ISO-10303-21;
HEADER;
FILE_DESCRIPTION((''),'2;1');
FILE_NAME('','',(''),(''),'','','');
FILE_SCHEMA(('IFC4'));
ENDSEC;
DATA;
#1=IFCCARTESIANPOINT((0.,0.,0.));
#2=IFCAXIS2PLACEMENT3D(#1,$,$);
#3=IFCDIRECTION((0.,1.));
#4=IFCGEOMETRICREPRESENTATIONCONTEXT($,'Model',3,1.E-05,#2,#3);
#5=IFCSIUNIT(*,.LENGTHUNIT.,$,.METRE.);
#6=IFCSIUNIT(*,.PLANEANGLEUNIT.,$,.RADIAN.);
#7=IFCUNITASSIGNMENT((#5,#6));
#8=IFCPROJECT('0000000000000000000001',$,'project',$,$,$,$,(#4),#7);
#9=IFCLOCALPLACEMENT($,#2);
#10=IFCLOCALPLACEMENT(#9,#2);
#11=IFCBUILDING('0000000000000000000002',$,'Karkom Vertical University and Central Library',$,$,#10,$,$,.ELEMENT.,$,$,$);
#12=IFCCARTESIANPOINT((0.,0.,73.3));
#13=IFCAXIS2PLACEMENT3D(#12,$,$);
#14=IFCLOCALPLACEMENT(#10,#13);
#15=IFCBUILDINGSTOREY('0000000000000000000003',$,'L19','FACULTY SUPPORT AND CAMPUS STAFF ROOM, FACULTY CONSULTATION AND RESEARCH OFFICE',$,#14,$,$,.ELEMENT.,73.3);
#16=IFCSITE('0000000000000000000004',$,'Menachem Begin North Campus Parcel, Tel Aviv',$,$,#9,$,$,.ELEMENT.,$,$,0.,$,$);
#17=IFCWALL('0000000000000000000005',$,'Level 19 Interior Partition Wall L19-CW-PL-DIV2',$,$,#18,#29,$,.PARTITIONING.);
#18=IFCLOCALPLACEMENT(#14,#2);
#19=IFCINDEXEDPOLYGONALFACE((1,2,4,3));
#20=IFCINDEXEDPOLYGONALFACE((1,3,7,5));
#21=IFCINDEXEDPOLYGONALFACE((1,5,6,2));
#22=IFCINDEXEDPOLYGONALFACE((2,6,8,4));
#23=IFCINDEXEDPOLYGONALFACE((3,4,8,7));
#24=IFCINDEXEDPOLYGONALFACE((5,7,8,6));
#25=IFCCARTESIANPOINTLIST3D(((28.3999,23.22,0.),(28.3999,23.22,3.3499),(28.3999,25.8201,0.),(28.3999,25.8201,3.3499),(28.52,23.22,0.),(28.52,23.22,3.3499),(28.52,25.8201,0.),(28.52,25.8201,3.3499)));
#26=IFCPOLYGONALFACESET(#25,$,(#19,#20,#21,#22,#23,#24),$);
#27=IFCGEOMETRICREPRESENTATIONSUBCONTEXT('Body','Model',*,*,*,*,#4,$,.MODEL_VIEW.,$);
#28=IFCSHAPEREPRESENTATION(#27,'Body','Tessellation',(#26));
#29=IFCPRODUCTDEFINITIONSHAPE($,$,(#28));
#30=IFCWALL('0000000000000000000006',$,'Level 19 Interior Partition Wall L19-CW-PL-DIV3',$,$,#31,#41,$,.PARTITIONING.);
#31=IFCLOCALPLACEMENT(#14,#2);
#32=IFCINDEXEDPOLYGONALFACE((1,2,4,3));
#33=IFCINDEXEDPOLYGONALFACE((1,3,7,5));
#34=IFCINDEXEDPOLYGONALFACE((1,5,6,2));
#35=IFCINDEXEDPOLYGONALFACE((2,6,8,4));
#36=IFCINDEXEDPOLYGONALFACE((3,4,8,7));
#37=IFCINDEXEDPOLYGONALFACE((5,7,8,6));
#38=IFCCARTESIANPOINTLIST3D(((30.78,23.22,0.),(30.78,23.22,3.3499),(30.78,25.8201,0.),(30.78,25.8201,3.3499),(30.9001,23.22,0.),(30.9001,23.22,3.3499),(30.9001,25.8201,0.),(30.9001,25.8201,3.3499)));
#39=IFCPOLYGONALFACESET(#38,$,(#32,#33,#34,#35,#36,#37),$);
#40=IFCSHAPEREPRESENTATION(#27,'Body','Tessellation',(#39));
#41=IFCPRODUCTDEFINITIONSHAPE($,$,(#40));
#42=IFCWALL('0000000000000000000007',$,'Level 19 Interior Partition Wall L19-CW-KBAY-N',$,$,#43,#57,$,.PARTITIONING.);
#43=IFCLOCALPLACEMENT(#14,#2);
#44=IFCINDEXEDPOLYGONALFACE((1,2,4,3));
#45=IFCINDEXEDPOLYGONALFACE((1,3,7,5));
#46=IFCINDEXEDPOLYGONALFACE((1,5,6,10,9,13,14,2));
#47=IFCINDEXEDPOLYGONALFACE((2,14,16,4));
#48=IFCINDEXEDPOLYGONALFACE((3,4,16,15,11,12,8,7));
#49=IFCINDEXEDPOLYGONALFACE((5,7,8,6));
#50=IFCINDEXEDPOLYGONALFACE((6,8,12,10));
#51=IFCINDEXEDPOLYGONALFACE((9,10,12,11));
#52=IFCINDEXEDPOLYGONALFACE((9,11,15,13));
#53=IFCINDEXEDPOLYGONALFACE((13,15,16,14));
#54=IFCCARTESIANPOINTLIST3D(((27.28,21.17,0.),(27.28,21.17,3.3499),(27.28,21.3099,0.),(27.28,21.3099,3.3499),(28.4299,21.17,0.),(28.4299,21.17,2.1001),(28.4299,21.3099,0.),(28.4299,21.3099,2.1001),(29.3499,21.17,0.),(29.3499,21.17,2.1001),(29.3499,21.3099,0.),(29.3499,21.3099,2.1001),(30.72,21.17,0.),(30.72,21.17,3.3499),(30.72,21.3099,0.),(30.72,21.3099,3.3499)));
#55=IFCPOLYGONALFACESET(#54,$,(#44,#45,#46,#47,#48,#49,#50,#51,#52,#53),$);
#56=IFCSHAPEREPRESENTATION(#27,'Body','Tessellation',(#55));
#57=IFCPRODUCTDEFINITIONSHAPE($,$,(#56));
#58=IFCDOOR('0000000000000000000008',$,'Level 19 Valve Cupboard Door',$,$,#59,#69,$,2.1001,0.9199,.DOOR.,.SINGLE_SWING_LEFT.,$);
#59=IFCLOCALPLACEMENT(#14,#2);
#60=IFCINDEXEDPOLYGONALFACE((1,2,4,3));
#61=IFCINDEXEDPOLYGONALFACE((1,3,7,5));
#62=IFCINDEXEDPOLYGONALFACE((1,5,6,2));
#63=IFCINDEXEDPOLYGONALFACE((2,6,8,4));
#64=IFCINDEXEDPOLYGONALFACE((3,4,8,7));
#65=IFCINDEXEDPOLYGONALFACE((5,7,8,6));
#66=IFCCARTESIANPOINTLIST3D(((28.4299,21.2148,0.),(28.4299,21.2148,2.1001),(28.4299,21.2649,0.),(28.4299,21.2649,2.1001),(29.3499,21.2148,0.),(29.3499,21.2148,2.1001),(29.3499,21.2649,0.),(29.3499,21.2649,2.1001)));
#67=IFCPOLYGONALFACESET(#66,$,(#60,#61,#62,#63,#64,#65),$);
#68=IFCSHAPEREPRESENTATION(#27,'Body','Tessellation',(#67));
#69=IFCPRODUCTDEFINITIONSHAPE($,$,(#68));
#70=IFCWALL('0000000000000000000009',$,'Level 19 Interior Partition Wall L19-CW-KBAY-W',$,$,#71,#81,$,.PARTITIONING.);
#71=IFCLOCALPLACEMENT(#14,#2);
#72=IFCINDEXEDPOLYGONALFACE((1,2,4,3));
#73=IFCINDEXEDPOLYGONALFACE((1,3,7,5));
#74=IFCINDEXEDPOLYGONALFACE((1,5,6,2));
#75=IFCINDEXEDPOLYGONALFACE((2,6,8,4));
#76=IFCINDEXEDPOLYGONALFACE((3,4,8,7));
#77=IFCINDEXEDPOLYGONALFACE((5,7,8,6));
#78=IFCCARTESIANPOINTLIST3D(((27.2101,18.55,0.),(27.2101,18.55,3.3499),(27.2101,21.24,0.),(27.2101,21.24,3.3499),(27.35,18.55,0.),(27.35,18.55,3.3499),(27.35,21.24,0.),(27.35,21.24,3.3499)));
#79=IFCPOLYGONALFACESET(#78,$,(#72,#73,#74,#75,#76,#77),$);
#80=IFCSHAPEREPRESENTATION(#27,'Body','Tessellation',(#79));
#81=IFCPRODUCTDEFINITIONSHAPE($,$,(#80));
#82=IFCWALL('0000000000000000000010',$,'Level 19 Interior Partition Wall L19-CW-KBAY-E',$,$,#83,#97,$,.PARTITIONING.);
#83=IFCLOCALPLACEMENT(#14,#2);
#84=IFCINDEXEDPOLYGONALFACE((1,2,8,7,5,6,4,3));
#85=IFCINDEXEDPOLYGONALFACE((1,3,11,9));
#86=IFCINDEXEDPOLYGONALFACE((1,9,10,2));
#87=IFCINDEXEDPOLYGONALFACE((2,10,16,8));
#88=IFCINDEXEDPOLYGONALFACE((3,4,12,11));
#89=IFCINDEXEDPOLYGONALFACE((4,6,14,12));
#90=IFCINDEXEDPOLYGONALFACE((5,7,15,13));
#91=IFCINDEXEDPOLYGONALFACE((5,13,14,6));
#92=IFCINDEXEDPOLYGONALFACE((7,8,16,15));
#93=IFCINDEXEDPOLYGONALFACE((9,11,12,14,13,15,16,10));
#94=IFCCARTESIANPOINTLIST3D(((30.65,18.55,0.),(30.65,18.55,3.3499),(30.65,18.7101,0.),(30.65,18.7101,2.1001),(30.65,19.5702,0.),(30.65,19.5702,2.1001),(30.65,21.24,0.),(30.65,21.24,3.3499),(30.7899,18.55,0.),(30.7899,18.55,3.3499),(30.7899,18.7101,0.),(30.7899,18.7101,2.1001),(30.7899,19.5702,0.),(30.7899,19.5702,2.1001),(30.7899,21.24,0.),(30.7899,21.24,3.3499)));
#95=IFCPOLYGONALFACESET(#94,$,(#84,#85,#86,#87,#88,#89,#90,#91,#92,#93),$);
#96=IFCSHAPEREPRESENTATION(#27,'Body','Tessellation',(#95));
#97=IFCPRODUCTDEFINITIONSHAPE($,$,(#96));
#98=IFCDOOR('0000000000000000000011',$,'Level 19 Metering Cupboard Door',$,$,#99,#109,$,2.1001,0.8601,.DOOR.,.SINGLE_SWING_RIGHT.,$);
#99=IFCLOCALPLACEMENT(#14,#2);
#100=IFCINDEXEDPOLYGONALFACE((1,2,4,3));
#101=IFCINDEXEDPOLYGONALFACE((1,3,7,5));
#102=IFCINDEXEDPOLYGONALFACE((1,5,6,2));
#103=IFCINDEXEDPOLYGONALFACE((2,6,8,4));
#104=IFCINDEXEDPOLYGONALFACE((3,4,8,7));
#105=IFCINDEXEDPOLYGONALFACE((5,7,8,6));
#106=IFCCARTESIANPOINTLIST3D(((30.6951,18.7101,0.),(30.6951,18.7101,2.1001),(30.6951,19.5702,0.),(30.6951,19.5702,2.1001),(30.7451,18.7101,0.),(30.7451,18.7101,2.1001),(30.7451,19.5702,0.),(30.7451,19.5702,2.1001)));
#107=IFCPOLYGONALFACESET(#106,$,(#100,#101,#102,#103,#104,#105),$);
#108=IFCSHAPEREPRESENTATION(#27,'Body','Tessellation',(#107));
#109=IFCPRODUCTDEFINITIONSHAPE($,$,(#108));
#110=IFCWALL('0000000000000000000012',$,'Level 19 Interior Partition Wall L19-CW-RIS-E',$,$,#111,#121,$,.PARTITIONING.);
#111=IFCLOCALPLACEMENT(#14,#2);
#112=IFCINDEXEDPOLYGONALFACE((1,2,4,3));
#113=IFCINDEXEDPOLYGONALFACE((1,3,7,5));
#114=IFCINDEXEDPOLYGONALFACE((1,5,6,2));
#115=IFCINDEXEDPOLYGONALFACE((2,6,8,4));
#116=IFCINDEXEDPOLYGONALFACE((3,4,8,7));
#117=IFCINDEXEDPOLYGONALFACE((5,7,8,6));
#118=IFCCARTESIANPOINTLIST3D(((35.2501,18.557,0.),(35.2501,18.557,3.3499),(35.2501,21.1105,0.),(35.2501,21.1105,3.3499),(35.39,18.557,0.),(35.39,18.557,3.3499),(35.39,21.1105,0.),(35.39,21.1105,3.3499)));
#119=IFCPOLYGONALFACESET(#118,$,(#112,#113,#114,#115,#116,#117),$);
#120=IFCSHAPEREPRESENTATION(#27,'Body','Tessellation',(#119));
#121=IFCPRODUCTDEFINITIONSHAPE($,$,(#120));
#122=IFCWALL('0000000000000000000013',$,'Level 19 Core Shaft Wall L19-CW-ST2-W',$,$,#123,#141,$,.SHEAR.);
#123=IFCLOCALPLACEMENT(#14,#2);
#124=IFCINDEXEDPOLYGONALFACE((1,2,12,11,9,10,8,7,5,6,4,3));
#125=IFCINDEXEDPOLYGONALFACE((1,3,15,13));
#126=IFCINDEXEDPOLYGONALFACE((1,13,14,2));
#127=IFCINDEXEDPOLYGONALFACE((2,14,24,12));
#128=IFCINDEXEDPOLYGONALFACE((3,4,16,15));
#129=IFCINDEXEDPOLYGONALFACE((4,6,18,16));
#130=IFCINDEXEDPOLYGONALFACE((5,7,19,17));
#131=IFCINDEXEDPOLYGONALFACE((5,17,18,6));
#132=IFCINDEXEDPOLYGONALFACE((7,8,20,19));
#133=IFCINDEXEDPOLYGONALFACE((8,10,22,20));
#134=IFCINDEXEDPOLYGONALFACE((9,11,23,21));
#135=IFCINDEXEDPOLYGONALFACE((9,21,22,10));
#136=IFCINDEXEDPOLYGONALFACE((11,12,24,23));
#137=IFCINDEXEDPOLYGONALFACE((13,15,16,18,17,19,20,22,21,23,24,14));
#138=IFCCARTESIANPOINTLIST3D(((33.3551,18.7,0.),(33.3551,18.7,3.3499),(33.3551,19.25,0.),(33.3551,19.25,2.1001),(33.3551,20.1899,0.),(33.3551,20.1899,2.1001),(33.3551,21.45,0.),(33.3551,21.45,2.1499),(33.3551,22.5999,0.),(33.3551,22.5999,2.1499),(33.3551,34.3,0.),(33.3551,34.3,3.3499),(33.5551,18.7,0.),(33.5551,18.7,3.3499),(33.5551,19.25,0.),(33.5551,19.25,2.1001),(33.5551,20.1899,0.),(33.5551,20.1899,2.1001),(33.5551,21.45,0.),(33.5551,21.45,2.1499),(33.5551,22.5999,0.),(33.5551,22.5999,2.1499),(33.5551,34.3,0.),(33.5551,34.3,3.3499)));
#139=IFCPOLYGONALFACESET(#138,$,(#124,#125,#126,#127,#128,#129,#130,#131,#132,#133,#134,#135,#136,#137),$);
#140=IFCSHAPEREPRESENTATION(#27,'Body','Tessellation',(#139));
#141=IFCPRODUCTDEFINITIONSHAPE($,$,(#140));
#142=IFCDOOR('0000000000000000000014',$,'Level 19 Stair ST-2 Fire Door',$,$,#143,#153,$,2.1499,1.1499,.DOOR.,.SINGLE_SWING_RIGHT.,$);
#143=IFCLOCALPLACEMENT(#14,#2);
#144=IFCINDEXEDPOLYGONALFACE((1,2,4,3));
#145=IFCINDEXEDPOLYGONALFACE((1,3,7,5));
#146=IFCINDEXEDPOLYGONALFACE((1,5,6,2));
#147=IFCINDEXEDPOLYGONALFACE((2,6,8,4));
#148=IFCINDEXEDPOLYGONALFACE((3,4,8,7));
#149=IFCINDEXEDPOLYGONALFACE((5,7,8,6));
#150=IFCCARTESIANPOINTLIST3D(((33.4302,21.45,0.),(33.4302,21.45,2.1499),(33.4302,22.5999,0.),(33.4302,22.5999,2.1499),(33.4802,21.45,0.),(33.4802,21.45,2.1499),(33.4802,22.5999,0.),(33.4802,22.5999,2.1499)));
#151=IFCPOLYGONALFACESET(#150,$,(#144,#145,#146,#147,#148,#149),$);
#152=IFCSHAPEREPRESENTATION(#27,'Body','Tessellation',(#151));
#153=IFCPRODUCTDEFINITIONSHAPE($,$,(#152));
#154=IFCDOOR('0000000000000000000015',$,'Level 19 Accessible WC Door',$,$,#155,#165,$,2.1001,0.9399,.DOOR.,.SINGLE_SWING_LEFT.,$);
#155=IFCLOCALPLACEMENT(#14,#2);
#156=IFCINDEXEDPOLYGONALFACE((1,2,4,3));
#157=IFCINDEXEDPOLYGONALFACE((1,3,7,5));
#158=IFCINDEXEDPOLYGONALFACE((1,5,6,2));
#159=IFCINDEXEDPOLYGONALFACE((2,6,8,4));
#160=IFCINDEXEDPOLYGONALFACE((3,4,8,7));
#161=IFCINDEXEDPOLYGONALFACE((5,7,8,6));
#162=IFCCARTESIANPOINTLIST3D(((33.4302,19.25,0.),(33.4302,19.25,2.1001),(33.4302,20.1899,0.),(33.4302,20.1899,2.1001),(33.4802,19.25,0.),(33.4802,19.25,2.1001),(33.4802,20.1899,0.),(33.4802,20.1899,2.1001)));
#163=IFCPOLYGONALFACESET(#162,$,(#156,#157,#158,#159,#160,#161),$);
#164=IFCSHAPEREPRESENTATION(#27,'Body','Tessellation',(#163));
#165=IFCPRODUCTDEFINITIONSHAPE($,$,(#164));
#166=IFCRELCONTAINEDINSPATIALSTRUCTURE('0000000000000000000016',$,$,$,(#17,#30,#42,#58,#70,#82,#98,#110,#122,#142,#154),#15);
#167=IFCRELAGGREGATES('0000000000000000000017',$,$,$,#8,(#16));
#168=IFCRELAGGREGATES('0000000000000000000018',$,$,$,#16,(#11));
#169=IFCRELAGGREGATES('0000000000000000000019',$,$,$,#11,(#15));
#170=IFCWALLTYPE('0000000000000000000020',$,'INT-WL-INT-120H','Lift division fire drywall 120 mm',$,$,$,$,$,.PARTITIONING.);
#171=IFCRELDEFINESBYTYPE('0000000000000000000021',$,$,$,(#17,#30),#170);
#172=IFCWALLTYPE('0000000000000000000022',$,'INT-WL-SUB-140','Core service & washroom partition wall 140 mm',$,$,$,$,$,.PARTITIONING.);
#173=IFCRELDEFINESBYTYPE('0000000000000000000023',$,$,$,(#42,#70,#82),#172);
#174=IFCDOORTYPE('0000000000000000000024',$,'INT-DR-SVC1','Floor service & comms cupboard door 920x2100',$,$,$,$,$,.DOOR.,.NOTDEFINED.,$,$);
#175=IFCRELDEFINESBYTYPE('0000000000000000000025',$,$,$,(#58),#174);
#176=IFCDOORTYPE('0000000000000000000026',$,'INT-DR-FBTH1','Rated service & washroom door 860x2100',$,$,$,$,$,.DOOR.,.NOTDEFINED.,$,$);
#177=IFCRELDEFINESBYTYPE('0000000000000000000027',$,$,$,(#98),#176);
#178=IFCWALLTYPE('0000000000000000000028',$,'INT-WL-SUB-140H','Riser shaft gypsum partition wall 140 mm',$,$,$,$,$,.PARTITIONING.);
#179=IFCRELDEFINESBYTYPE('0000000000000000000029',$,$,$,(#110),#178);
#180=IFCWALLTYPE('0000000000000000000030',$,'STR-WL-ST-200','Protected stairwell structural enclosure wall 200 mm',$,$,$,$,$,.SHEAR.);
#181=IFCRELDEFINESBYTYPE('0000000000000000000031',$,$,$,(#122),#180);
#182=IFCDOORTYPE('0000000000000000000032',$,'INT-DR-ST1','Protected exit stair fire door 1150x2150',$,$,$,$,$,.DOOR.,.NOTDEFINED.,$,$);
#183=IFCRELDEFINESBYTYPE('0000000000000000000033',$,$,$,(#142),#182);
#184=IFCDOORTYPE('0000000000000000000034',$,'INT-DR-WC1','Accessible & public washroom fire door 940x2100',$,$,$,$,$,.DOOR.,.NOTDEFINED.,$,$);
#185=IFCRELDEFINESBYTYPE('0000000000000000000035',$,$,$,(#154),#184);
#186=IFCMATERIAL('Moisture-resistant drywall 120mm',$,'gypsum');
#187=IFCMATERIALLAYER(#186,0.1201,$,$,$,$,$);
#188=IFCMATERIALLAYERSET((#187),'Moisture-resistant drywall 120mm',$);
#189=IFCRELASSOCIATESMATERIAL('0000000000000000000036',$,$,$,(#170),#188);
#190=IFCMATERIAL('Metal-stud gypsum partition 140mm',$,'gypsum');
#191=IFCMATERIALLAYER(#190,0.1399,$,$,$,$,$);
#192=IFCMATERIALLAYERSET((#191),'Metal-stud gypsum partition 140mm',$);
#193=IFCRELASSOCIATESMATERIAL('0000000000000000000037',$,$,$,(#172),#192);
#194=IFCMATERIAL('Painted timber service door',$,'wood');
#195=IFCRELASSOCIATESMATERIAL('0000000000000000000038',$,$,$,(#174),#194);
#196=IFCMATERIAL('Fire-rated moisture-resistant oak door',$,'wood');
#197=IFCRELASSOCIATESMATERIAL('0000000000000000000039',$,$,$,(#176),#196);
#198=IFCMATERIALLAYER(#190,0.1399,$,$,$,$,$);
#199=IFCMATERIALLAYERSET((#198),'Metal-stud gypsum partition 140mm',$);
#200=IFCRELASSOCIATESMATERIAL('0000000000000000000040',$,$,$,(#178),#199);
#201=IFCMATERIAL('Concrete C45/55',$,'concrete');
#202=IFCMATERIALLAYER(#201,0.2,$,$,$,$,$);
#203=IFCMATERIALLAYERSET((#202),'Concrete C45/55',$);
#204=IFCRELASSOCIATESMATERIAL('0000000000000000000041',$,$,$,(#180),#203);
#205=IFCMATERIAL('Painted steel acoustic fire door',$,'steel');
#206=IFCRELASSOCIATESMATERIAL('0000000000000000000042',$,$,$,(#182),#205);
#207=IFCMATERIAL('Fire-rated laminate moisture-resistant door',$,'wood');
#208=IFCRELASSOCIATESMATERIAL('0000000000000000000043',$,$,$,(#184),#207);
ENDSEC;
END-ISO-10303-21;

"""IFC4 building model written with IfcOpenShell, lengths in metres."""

from ifc_helpers import new_model, si_unit, direction, frame, frame_2d, origin, origin_with_axes, place, context, subcontext, project, spatial, rectangle, extrude, source, transform, mapped, material, layer, layer_set, type_object, element, fill, save


model = new_model("IFC4")

# Units and contexts
model_context = context("Model", 3, precision=1e-05, world=origin(), true_north=direction((0.0, 1.0)))
body_context = subcontext(model_context, "Body", "Model", "MODEL_VIEW")
ifc_project = project(units=[si_unit("LENGTHUNIT", "METRE"), si_unit("PLANEANGLEUNIT", "RADIAN")], contexts=[model_context])

# Site, building, storey
site_placement = place(None, origin())
site = spatial("IfcSite", under=ifc_project, at=site_placement, Name="Menachem Begin North Campus Parcel, Tel Aviv", CompositionType="ELEMENT", RefElevation=0.0)
building_placement = place(site_placement, origin())
building = spatial("IfcBuilding", under=site, at=building_placement, Name="Karkom Vertical University and Central Library", CompositionType="ELEMENT")
storey_placement = place(building_placement, frame((0.0, 0.0, 73.3)))
storey = spatial("IfcBuildingStorey", under=building, at=storey_placement, Name="L19", Description="FACULTY SUPPORT AND CAMPUS STAFF ROOM, FACULTY CONSULTATION AND RESEARCH OFFICE", CompositionType="ELEMENT", Elevation=73.3)

# Walls
ifc_material_1 = material(Name="Moisture-resistant drywall 120mm", Category="gypsum")
ifc_layer_1 = layer(ifc_material_1, 0.1201)
ifc_layer_set_1 = layer_set([ifc_layer_1], Name="Moisture-resistant drywall 120mm")
wall_type_1 = type_object("IfcWallType", Name="INT-WL-INT-120H", Description="Lift division fire drywall 120 mm", PredefinedType="PARTITIONING", material=ifc_layer_set_1)
for number, where, z_axis, x_axis, name in (
    (1, (28.46, 23.22, 0.0), (0.0, 0.0, 1.0), (0.0, 1.0, 0.0), "Level 19 Interior Partition Wall L19-CW-PL-DIV2"),
    (2, (30.8401, 23.22, 0.0), (0.0, 0.0, 1.0), (0.0, 1.0, 0.0), "Level 19 Interior Partition Wall L19-CW-PL-DIV3"),
):
    element("IfcWall", number, at=place(storey_placement, frame(where, z_axis=z_axis, x_axis=x_axis)), inside=storey, type_object=wall_type_1, Name=name, PredefinedType="PARTITIONING", context=body_context, shape_type="SweptSolid", body=[
        extrude(rectangle(XDim=2.6001, YDim=0.1201, at=frame_2d((1.3, 0.0))), origin(), (0.0, 0.0, 1.0), 3.3499),
    ])

# Wall, opening, door
ifc_material_2 = material(Name="Metal-stud gypsum partition 140mm", Category="gypsum")
ifc_layer_2 = layer(ifc_material_2, 0.1399)
ifc_layer_set_2 = layer_set([ifc_layer_2], Name="Metal-stud gypsum partition 140mm")
wall_type_2 = type_object("IfcWallType", Name="INT-WL-SUB-140", Description="Core service & washroom partition wall 140 mm", PredefinedType="PARTITIONING", material=ifc_layer_set_2)
wall_1_placement = place(storey_placement, frame((27.28, 21.24, 0.0), z_axis=(0.0, 0.0, 1.0), x_axis=(1.0, 0.0, 0.0)))
wall_1 = element("IfcWall", 3, at=wall_1_placement, inside=storey, type_object=wall_type_2, Name="Level 19 Interior Partition Wall L19-CW-KBAY-N", PredefinedType="PARTITIONING", context=body_context, shape_type="SweptSolid", body=[
    extrude(rectangle(XDim=3.4399, YDim=0.1399, at=frame_2d((1.72, 0.0))), origin(), (0.0, 0.0, 1.0), 3.3499),
])
opening_1_placement = place(wall_1_placement, frame((1.1499, 0.0, 0.0)))
opening_1 = element("IfcOpeningElement", 4, at=opening_1_placement, cuts=wall_1, PredefinedType="OPENING", context=body_context, shape_type="SweptSolid", body=[
    extrude(rectangle(XDim=0.9199, YDim=2.1001, at=frame_2d((0.46, 1.05))), frame((0.0, 0.0801, 0.0), z_axis=(0.0, -1.0, 0.0), x_axis=(1.0, 0.0, 0.0)), (0.0, 0.0, 1.0), 0.1599),
])
ifc_material_3 = material(Name="Painted timber service door", Category="wood")
door_type_1 = type_object("IfcDoorType", Name="INT-DR-SVC1", Description="Floor service & comms cupboard door 920x2100", OperationType="NOTDEFINED", PredefinedType="DOOR", material=ifc_material_3)
shared_shape_1 = source(origin_with_axes(), body_context, "Body", "SweptSolid", [
    extrude(rectangle(XDim=0.9199, YDim=2.1001, at=frame_2d((0.46, 1.05))), frame((0.0, 0.0249, 0.0), z_axis=(0.0, -1.0, 0.0), x_axis=(1.0, 0.0, 0.0)), (0.0, 0.0, 1.0), 0.05),
])
door_1_placement = place(opening_1_placement, origin())
door_1 = element("IfcDoor", 5, at=door_1_placement, inside=storey, type_object=door_type_1, Name="Level 19 Valve Cupboard Door", OperationType="SINGLE_SWING_LEFT", OverallHeight=2.1001, OverallWidth=0.9199, PredefinedType="DOOR", context=body_context, shape_type="MappedRepresentation", body=[
    mapped(shared_shape_1, transform((0.0, 0.0, 0.0), scale=1.0)),
])
fill(opening_1, door_1)

# Wall
wall_2_placement = place(storey_placement, frame((27.28, 18.55, 0.0), z_axis=(0.0, 0.0, 1.0), x_axis=(0.0, 1.0, 0.0)))
element("IfcWall", 6, at=wall_2_placement, inside=storey, type_object=wall_type_2, Name="Level 19 Interior Partition Wall L19-CW-KBAY-W", PredefinedType="PARTITIONING", context=body_context, shape_type="SweptSolid", body=[
    extrude(rectangle(XDim=2.6899, YDim=0.1399, at=frame_2d((1.345, 0.0))), origin(), (0.0, 0.0, 1.0), 3.3499),
])

# Wall, opening, door
wall_3_placement = place(storey_placement, frame((30.72, 18.55, 0.0), z_axis=(0.0, 0.0, 1.0), x_axis=(0.0, 1.0, 0.0)))
wall_3 = element("IfcWall", 7, at=wall_3_placement, inside=storey, type_object=wall_type_2, Name="Level 19 Interior Partition Wall L19-CW-KBAY-E", PredefinedType="PARTITIONING", context=body_context, shape_type="SweptSolid", body=[
    extrude(rectangle(XDim=2.6899, YDim=0.1399, at=frame_2d((1.345, 0.0))), origin(), (0.0, 0.0, 1.0), 3.3499),
])
opening_2_placement = place(wall_3_placement, frame((0.1599, 0.0, 0.0)))
opening_2 = element("IfcOpeningElement", 8, at=opening_2_placement, cuts=wall_3, PredefinedType="OPENING", context=body_context, shape_type="SweptSolid", body=[
    extrude(rectangle(XDim=0.8601, YDim=2.1001, at=frame_2d((0.4302, 1.05))), frame((0.0, 0.0801, 0.0), z_axis=(0.0, -1.0, 0.0), x_axis=(1.0, 0.0, 0.0)), (0.0, 0.0, 1.0), 0.1599),
])
ifc_material_4 = material(Name="Fire-rated moisture-resistant oak door", Category="wood")
door_type_2 = type_object("IfcDoorType", Name="INT-DR-FBTH1", Description="Rated service & washroom door 860x2100", OperationType="NOTDEFINED", PredefinedType="DOOR", material=ifc_material_4)
shared_shape_2 = source(origin_with_axes(), body_context, "Body", "SweptSolid", [
    extrude(rectangle(XDim=0.8601, YDim=2.1001, at=frame_2d((0.4302, 1.05))), frame((0.0, 0.0249, 0.0), z_axis=(0.0, -1.0, 0.0), x_axis=(1.0, 0.0, 0.0)), (0.0, 0.0, 1.0), 0.05),
])
door_2_placement = place(opening_2_placement, origin())
door_2 = element("IfcDoor", 9, at=door_2_placement, inside=storey, type_object=door_type_2, Name="Level 19 Metering Cupboard Door", OperationType="SINGLE_SWING_RIGHT", OverallHeight=2.1001, OverallWidth=0.8601, PredefinedType="DOOR", context=body_context, shape_type="MappedRepresentation", body=[
    mapped(shared_shape_2, transform((0.0, 0.0, 0.0), scale=1.0)),
])
fill(opening_2, door_2)

# Wall
ifc_layer_3 = layer(ifc_material_2, 0.1399)
ifc_layer_set_3 = layer_set([ifc_layer_3], Name="Metal-stud gypsum partition 140mm")
wall_type_3 = type_object("IfcWallType", Name="INT-WL-SUB-140H", Description="Riser shaft gypsum partition wall 140 mm", PredefinedType="PARTITIONING", material=ifc_layer_set_3)
wall_4_placement = place(storey_placement, frame((35.3201, 18.5569, 0.0), z_axis=(0.0, 0.0, 1.0), x_axis=(0.0, 1.0, 0.0)))
element("IfcWall", 10, at=wall_4_placement, inside=storey, type_object=wall_type_3, Name="Level 19 Interior Partition Wall L19-CW-RIS-E", PredefinedType="PARTITIONING", context=body_context, shape_type="SweptSolid", body=[
    extrude(rectangle(XDim=2.5535, YDim=0.1399, at=frame_2d((1.2769, 0.0))), origin(), (0.0, 0.0, 1.0), 3.3499),
])

# Wall, openings, doors
ifc_material_5 = material(Name="Concrete C45/55", Category="concrete")
ifc_layer_4 = layer(ifc_material_5, 0.2)
ifc_layer_set_4 = layer_set([ifc_layer_4], Name="Concrete C45/55")
wall_type_4 = type_object("IfcWallType", Name="STR-WL-ST-200", Description="Protected stairwell structural enclosure wall 200 mm", PredefinedType="SHEAR", material=ifc_layer_set_4)
wall_5_placement = place(storey_placement, frame((33.4551, 18.7, 0.0), z_axis=(0.0, 0.0, 1.0), x_axis=(0.0, 1.0, 0.0)))
wall_5 = element("IfcWall", 11, at=wall_5_placement, inside=storey, type_object=wall_type_4, Name="Level 19 Core Shaft Wall L19-CW-ST2-W", PredefinedType="SHEAR", context=body_context, shape_type="SweptSolid", body=[
    extrude(rectangle(XDim=15.6001, YDim=0.2, at=frame_2d((7.8, 0.0))), origin(), (0.0, 0.0, 1.0), 3.3499),
])
opening_3_placement = place(wall_5_placement, frame((2.75, 0.0, 0.0)))
opening_3 = element("IfcOpeningElement", 12, at=opening_3_placement, cuts=wall_5, PredefinedType="OPENING", context=body_context, shape_type="SweptSolid", body=[
    extrude(rectangle(XDim=1.1499, YDim=2.1499, at=frame_2d((0.575, 1.075))), frame((0.0, 0.1099, 0.0), z_axis=(0.0, -1.0, 0.0), x_axis=(1.0, 0.0, 0.0)), (0.0, 0.0, 1.0), 0.22),
])
opening_4_placement = place(wall_5_placement, frame((0.55, 0.0, 0.0)))
opening_4 = element("IfcOpeningElement", 13, at=opening_4_placement, cuts=wall_5, PredefinedType="OPENING", context=body_context, shape_type="SweptSolid", body=[
    extrude(rectangle(XDim=0.9399, YDim=2.1001, at=frame_2d((0.47, 1.05))), frame((0.0, 0.1099, 0.0), z_axis=(0.0, -1.0, 0.0), x_axis=(1.0, 0.0, 0.0)), (0.0, 0.0, 1.0), 0.22),
])
ifc_material_6 = material(Name="Painted steel acoustic fire door", Category="steel")
door_type_3 = type_object("IfcDoorType", Name="INT-DR-ST1", Description="Protected exit stair fire door 1150x2150", OperationType="NOTDEFINED", PredefinedType="DOOR", material=ifc_material_6)
shared_shape_3 = source(origin_with_axes(), body_context, "Body", "SweptSolid", [
    extrude(rectangle(XDim=1.1499, YDim=2.1499, at=frame_2d((0.575, 1.075))), frame((0.0, 0.0249, 0.0), z_axis=(0.0, -1.0, 0.0), x_axis=(1.0, 0.0, 0.0)), (0.0, 0.0, 1.0), 0.05),
])
door_3_placement = place(opening_3_placement, origin())
door_3 = element("IfcDoor", 14, at=door_3_placement, inside=storey, type_object=door_type_3, Name="Level 19 Stair ST-2 Fire Door", OperationType="SINGLE_SWING_RIGHT", OverallHeight=2.1499, OverallWidth=1.1499, PredefinedType="DOOR", context=body_context, shape_type="MappedRepresentation", body=[
    mapped(shared_shape_3, transform((0.0, 0.0, 0.0), scale=1.0)),
])
fill(opening_3, door_3)
ifc_material_7 = material(Name="Fire-rated laminate moisture-resistant door", Category="wood")
door_type_4 = type_object("IfcDoorType", Name="INT-DR-WC1", Description="Accessible & public washroom fire door 940x2100", OperationType="NOTDEFINED", PredefinedType="DOOR", material=ifc_material_7)
shared_shape_4 = source(origin_with_axes(), body_context, "Body", "SweptSolid", [
    extrude(rectangle(XDim=0.9399, YDim=2.1001, at=frame_2d((0.47, 1.05))), frame((0.0, 0.0249, 0.0), z_axis=(0.0, -1.0, 0.0), x_axis=(1.0, 0.0, 0.0)), (0.0, 0.0, 1.0), 0.05),
])
door_4_placement = place(opening_4_placement, origin())
door_4 = element("IfcDoor", 15, at=door_4_placement, inside=storey, type_object=door_type_4, Name="Level 19 Accessible WC Door", OperationType="SINGLE_SWING_LEFT", OverallHeight=2.1001, OverallWidth=0.9399, PredefinedType="DOOR", context=body_context, shape_type="MappedRepresentation", body=[
    mapped(shared_shape_4, transform((0.0, 0.0, 0.0), scale=1.0)),
])
fill(opening_4, door_4)

save(model, "model.ifc")
